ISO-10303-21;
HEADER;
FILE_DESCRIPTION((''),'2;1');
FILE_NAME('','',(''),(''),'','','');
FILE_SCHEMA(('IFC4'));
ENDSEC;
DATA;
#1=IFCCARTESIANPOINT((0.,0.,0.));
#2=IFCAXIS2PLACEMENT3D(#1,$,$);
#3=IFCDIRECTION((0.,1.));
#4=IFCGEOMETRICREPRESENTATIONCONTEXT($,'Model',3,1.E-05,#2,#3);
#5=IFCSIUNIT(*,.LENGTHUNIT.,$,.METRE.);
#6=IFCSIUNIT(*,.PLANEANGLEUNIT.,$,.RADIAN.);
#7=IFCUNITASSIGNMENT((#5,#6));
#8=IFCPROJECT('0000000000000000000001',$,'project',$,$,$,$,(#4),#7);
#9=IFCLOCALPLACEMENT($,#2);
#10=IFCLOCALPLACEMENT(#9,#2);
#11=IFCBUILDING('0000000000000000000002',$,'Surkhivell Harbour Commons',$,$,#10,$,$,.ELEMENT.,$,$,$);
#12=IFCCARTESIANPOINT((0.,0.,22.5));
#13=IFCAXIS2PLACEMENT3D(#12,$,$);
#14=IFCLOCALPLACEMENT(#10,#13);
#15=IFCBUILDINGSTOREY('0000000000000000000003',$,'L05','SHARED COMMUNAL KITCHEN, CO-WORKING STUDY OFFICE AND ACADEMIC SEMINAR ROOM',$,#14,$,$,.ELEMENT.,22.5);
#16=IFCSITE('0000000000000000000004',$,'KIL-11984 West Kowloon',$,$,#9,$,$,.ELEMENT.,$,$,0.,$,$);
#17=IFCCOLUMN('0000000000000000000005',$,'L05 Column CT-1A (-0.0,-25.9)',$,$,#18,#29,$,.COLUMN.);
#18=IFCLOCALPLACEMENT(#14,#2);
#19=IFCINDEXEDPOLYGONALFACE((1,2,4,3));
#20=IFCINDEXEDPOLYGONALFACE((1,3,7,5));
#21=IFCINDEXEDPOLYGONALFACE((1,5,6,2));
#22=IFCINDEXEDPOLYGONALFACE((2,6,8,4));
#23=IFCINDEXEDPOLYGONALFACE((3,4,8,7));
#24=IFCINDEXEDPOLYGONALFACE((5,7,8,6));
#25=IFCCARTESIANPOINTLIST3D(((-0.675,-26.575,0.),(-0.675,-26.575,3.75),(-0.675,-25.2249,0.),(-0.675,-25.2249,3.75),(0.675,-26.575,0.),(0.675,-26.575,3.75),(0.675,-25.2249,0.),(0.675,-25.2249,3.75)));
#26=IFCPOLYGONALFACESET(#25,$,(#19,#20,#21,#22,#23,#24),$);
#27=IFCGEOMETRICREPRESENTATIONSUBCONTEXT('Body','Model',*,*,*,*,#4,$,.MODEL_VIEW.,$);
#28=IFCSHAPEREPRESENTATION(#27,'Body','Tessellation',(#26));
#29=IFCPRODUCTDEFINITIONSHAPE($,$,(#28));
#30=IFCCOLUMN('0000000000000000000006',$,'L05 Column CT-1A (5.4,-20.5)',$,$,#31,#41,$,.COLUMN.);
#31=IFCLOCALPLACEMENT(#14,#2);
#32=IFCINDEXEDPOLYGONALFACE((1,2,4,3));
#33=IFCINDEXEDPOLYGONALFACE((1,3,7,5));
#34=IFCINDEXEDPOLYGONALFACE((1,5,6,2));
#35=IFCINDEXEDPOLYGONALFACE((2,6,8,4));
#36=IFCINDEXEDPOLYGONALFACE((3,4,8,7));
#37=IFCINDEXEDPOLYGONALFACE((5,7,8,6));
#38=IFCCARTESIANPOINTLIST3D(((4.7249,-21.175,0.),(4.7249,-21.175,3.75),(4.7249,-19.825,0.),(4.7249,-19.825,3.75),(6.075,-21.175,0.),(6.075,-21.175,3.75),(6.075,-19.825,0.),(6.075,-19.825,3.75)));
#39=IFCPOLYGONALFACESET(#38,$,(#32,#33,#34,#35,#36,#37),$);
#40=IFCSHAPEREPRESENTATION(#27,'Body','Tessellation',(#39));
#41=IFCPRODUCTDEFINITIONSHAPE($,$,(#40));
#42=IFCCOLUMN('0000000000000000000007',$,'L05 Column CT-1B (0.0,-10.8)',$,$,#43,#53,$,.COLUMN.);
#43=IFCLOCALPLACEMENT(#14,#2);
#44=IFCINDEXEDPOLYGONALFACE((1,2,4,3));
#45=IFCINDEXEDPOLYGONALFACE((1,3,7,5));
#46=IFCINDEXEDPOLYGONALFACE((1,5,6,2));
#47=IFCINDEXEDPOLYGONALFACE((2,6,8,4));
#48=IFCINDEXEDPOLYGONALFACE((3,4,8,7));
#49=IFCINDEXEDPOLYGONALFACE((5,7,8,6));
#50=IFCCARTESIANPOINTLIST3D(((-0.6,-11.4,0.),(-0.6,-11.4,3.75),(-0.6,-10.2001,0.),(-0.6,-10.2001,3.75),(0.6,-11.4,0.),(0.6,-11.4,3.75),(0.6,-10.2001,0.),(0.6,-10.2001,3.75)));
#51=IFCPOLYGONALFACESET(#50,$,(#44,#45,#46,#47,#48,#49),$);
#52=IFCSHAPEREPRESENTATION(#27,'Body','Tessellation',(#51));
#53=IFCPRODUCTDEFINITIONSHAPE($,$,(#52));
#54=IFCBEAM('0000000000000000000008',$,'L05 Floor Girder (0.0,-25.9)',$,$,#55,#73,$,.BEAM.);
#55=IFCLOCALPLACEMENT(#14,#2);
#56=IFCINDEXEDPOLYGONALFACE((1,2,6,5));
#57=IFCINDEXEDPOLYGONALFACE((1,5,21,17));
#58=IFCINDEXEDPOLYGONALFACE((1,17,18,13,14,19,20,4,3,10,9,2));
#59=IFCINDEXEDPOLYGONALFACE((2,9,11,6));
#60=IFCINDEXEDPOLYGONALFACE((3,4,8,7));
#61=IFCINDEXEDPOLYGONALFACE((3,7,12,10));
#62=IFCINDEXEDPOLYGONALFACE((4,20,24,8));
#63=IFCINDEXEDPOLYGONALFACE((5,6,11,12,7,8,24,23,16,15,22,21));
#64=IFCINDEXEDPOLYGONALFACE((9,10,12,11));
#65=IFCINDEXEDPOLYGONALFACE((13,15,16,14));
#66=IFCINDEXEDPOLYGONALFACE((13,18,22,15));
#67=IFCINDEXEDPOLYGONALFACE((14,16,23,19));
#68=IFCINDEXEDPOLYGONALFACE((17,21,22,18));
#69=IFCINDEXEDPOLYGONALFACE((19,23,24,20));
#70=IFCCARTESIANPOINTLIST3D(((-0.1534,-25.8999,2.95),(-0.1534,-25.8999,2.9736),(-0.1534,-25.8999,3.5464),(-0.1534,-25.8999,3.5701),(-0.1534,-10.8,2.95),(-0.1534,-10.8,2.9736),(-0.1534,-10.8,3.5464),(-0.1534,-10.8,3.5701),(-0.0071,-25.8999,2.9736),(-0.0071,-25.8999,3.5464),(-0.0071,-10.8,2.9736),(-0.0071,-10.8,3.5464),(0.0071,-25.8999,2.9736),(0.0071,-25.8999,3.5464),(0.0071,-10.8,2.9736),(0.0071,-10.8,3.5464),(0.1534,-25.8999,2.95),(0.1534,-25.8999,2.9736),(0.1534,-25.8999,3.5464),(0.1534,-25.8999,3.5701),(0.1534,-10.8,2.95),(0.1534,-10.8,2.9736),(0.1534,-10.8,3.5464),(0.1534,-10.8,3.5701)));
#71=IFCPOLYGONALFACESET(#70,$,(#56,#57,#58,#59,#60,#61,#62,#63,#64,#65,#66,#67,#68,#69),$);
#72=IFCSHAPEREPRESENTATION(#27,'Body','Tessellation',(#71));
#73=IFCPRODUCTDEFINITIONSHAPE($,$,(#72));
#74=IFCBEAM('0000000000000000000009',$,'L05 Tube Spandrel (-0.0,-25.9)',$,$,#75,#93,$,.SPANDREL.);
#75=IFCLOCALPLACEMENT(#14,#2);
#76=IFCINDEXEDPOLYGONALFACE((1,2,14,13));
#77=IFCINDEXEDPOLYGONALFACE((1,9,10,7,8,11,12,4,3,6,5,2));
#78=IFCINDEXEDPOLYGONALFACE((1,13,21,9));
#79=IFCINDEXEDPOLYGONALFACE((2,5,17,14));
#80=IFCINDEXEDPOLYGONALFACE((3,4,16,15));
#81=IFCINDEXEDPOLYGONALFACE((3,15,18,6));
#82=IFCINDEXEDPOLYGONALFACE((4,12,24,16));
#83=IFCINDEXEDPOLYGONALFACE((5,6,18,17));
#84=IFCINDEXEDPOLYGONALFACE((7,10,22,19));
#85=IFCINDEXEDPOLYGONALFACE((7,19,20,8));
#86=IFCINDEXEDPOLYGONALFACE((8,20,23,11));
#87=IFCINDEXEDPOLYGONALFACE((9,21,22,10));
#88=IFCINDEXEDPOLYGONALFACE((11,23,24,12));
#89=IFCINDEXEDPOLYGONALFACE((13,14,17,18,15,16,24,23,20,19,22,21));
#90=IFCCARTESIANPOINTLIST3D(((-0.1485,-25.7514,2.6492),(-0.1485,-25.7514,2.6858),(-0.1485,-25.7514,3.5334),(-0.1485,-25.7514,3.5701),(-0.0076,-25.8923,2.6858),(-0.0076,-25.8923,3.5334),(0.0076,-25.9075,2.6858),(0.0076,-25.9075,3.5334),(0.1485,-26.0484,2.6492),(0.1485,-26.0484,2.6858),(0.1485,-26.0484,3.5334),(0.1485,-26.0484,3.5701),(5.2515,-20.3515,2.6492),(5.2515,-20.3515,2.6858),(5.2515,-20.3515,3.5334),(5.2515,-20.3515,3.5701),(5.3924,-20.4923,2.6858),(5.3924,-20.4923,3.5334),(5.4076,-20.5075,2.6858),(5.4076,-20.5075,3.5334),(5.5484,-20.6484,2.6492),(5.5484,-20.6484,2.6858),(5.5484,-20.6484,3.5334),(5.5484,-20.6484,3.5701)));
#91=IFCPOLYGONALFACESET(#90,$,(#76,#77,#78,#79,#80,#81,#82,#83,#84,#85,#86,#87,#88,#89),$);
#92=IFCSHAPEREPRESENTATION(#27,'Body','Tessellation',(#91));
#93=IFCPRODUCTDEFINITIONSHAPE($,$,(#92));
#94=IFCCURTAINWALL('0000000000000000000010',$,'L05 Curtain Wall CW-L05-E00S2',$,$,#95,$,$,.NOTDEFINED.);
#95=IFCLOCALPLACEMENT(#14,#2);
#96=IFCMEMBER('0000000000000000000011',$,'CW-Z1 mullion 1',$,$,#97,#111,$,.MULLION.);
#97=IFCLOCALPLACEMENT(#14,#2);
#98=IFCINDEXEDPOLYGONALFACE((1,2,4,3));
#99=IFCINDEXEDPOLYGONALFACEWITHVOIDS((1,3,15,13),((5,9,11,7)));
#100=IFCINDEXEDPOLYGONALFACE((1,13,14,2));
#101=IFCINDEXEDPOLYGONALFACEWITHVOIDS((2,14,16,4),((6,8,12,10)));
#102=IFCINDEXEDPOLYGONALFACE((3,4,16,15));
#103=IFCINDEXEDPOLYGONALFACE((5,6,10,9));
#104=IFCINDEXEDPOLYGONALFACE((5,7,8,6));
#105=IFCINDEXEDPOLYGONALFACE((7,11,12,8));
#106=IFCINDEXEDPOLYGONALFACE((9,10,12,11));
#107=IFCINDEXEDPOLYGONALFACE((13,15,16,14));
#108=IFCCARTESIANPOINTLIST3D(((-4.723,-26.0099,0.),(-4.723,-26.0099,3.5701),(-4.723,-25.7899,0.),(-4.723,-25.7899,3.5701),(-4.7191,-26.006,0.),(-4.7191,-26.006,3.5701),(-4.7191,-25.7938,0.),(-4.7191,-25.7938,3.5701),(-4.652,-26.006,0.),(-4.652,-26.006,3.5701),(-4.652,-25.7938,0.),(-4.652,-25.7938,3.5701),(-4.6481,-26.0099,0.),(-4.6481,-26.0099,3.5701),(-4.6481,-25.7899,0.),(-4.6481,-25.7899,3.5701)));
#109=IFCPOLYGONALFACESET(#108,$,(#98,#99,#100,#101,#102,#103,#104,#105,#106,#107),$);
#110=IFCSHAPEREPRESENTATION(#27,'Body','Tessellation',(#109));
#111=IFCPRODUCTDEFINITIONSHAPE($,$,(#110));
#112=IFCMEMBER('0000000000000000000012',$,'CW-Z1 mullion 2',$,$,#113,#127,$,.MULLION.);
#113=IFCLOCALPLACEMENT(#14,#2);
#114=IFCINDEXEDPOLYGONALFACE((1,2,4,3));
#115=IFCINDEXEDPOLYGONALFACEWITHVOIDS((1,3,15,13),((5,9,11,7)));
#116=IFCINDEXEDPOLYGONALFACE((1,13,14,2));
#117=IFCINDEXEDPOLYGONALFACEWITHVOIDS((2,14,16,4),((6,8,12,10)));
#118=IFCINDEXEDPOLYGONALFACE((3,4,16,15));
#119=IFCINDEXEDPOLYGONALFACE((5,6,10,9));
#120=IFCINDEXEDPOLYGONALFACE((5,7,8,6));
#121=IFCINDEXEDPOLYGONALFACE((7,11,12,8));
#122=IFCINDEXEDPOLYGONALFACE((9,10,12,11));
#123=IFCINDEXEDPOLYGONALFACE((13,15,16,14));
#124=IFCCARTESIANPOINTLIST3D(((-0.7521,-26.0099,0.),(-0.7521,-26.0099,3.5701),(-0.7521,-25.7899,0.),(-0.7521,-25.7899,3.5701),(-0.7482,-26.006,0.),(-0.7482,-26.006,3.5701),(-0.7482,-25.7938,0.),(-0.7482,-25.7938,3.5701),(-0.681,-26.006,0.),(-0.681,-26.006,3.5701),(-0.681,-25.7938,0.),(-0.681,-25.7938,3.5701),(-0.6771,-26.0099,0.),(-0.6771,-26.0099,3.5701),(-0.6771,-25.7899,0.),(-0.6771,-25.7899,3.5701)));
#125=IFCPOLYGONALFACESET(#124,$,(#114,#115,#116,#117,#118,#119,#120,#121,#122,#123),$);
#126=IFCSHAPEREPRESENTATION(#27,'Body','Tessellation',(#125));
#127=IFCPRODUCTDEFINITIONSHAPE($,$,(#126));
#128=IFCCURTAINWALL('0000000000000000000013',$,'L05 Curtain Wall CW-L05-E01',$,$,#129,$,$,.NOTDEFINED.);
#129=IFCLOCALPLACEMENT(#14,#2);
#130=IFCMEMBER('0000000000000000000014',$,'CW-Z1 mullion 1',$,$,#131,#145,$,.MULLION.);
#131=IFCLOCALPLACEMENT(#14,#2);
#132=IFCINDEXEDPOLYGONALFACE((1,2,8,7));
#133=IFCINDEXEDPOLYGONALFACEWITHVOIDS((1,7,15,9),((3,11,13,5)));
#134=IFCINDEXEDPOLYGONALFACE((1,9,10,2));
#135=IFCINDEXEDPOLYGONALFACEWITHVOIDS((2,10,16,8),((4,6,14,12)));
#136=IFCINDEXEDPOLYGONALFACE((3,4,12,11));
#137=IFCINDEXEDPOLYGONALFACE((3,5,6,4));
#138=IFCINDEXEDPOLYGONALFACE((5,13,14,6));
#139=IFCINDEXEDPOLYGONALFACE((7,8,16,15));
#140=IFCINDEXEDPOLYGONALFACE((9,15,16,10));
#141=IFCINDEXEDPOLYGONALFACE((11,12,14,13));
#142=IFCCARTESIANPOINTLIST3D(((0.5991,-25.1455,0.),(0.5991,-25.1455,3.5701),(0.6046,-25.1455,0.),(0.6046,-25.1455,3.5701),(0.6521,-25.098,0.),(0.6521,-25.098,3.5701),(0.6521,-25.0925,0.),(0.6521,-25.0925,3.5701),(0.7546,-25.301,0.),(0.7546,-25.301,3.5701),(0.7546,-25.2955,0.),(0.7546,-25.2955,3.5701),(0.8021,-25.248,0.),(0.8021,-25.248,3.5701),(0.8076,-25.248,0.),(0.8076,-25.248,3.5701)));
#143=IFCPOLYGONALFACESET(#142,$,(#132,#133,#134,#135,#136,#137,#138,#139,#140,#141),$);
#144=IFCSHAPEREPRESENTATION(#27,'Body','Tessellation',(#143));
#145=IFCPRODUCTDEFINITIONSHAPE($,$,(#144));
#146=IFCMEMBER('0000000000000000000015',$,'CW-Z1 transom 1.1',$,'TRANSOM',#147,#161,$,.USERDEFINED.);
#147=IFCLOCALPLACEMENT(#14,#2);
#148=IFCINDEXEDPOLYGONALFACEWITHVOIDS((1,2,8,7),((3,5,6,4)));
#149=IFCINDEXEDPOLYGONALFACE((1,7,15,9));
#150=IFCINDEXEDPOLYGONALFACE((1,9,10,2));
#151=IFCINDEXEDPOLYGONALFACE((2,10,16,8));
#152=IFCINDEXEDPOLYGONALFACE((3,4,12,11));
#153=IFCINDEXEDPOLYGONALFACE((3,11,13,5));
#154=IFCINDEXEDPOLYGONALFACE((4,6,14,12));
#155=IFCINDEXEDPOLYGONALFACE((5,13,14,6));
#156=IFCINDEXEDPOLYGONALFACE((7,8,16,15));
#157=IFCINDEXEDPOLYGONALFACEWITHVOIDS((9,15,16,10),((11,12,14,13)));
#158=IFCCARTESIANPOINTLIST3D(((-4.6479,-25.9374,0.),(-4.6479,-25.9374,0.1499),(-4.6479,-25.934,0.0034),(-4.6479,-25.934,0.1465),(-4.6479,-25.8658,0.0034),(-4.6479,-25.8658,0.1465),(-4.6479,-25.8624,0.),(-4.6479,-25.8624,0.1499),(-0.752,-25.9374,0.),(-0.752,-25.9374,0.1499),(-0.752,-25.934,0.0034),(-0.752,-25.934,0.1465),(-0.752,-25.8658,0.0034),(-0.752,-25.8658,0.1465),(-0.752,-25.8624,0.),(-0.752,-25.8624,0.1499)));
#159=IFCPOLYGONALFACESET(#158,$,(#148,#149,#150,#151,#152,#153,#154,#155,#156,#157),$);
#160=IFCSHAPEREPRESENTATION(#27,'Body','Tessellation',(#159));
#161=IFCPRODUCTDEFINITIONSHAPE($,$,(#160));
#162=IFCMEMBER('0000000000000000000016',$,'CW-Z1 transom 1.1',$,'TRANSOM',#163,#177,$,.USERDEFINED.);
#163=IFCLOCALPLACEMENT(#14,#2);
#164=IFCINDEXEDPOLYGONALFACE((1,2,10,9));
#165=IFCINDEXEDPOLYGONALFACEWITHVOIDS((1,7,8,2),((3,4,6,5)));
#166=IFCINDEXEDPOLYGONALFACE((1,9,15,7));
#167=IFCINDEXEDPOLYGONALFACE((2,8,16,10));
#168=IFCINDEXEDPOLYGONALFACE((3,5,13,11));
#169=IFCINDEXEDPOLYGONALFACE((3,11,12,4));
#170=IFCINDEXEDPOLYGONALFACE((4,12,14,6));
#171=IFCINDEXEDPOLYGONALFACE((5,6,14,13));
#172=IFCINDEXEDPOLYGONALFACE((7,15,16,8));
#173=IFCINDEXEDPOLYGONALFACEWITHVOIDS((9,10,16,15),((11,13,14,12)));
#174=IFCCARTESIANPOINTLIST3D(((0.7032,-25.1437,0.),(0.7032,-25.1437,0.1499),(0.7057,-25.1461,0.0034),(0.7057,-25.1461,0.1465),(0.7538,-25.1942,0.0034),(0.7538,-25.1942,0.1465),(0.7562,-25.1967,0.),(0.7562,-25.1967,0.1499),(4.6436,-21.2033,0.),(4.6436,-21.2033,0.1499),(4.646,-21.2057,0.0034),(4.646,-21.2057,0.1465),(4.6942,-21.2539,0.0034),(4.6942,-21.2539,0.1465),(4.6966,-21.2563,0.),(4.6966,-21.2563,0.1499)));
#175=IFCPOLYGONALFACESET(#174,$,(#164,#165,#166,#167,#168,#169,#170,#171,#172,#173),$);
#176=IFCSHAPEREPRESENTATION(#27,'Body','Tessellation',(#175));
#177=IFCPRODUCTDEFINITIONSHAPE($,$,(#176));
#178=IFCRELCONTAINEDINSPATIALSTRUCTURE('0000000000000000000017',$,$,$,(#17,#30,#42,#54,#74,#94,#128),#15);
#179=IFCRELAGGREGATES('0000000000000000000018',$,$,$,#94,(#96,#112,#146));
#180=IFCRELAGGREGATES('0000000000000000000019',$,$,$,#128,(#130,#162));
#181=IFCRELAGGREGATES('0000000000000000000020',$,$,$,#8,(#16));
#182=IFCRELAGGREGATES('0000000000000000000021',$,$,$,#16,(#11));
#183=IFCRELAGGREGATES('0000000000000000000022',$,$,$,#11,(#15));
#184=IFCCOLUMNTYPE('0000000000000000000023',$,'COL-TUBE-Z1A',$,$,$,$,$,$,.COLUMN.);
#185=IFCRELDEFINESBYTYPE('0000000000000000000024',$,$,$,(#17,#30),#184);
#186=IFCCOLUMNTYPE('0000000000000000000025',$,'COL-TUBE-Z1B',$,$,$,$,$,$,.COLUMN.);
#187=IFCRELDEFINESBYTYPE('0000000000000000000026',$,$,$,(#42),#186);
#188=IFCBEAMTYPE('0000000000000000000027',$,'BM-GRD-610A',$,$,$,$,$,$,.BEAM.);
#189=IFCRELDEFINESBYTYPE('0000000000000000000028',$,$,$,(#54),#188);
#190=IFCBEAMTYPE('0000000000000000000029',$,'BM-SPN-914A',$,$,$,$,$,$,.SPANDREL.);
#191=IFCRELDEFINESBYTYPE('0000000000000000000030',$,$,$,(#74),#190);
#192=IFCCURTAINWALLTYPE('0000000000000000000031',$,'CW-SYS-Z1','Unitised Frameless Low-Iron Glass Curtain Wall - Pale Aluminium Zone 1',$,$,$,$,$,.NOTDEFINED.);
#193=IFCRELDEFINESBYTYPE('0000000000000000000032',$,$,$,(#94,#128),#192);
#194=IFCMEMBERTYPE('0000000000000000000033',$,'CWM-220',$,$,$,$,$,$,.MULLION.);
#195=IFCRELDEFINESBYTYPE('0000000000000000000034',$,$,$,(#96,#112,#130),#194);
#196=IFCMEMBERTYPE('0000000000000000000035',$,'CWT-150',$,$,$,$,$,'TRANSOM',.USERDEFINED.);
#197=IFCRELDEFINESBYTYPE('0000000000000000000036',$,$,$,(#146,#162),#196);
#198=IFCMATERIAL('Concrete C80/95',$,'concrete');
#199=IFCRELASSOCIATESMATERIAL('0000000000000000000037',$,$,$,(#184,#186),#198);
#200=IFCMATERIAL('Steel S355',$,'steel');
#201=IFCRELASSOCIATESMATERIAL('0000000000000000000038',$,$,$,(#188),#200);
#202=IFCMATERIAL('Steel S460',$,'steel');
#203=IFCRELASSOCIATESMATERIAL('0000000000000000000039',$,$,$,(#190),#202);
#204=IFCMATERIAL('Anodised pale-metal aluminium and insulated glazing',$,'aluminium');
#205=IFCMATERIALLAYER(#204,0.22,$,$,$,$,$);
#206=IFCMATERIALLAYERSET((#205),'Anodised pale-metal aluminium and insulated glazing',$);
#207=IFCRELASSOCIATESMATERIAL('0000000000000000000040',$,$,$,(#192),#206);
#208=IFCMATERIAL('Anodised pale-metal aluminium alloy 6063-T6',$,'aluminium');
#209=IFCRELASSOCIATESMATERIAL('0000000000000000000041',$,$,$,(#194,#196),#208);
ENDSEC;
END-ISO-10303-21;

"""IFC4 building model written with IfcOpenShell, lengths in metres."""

from ifc_helpers import new_model, si_unit, direction, frame, origin, origin_2d, place, context, subcontext, project, spatial, rectangle, hollow_rectangle, i_section, extrude, material, layer, layer_set, material_profile, profile_set, type_object, element, aggregate, save


model = new_model("IFC4")

# Units and contexts
model_context = context("Model", 3, precision=1e-05, world=origin(), true_north=direction((0.0, 1.0)))
body_context = subcontext(model_context, "Body", "Model", "MODEL_VIEW")
ifc_project = project(units=[si_unit("LENGTHUNIT", "METRE"), si_unit("PLANEANGLEUNIT", "RADIAN")], contexts=[model_context])

# Site, building, storey
site_placement = place(None, origin())
site = spatial("IfcSite", under=ifc_project, at=site_placement, Name="KIL-11984 West Kowloon", CompositionType="ELEMENT", RefElevation=0.0)
building_placement = place(site_placement, origin())
building = spatial("IfcBuilding", under=site, at=building_placement, Name="Surkhivell Harbour Commons", CompositionType="ELEMENT")
storey_placement = place(building_placement, frame((0.0, 0.0, 22.5)))
storey = spatial("IfcBuildingStorey", under=building, at=storey_placement, Name="L05", Description="SHARED COMMUNAL KITCHEN, CO-WORKING STUDY OFFICE AND ACADEMIC SEMINAR ROOM", CompositionType="ELEMENT", Elevation=22.5)

# Columns
ifc_material_1 = material(Name="Concrete C80/95", Category="concrete")
ifc_material_profile_1 = material_profile(ifc_material_1, rectangle(XDim=1.3501, YDim=1.3501, at=origin_2d()), Name="RC-COL-1350x1350")
ifc_profile_set_1 = profile_set([ifc_material_profile_1], Name="Concrete C80/95")
column_type_1 = type_object("IfcColumnType", Name="COL-TUBE-Z1A", PredefinedType="COLUMN", material=ifc_profile_set_1)
for number, where, z_axis, x_axis, name in (
    (1, (0.0, -25.8999, 0.0), (0.0, 0.0, 1.0), (1.0, 0.0, 0.0), "L05 Column CT-1A (-0.0,-25.9)"),
    (2, (5.3999, -20.5, 0.0), (0.0, 0.0, 1.0), (1.0, 0.0, 0.0), "L05 Column CT-1A (5.4,-20.5)"),
):
    element("IfcColumn", number, at=place(storey_placement, frame(where, z_axis=z_axis, x_axis=x_axis)), inside=storey, type_object=column_type_1, Name=name, PredefinedType="COLUMN", context=body_context, shape_type="SweptSolid", body=[
        extrude(rectangle(XDim=1.3501, YDim=1.3501, at=origin_2d()), origin(), (0.0, 0.0, 1.0), 3.75),
    ])
ifc_material_profile_2 = material_profile(ifc_material_1, rectangle(XDim=1.2, YDim=1.2, at=origin_2d()), Name="RC-COL-1200x1200")
ifc_profile_set_2 = profile_set([ifc_material_profile_2], Name="Concrete C80/95")
column_type_2 = type_object("IfcColumnType", Name="COL-TUBE-Z1B", PredefinedType="COLUMN", material=ifc_profile_set_2)
column_placement = place(storey_placement, frame((0.0, -10.8, 0.0), z_axis=(0.0, 0.0, 1.0), x_axis=(1.0, 0.0, 0.0)))
element("IfcColumn", 3, at=column_placement, inside=storey, type_object=column_type_2, Name="L05 Column CT-1B (0.0,-10.8)", PredefinedType="COLUMN", context=body_context, shape_type="SweptSolid", body=[
    extrude(rectangle(XDim=1.2, YDim=1.2, at=origin_2d()), origin(), (0.0, 0.0, 1.0), 3.75),
])

# Beams
ifc_material_2 = material(Name="Steel S355", Category="steel")
ifc_material_profile_3 = material_profile(ifc_material_2, i_section(OverallWidth=0.3069, OverallDepth=0.6201, WebThickness=0.0142, FlangeThickness=0.0237, at=origin_2d()), Name="UB610x305x179")
ifc_profile_set_3 = profile_set([ifc_material_profile_3], Name="Steel S355")
beam_type_1 = type_object("IfcBeamType", Name="BM-GRD-610A", PredefinedType="BEAM", material=ifc_profile_set_3)
beam_1_placement = place(storey_placement, frame((0.0, -25.8999, 3.26), z_axis=(0.0, 1.0, 0.0), x_axis=(-1.0, 0.0, 0.0)))
element("IfcBeam", 4, at=beam_1_placement, inside=storey, type_object=beam_type_1, Name="L05 Floor Girder (0.0,-25.9)", PredefinedType="BEAM", context=body_context, shape_type="SweptSolid", body=[
    extrude(i_section(OverallWidth=0.3069, OverallDepth=0.6201, WebThickness=0.0142, FlangeThickness=0.0237, at=origin_2d()), origin(), (0.0, 0.0, 1.0), 15.0999),
])
ifc_material_3 = material(Name="Steel S460", Category="steel")
ifc_material_profile_4 = material_profile(ifc_material_3, i_section(OverallWidth=0.4199, OverallDepth=0.9209, WebThickness=0.0215, FlangeThickness=0.0366, at=origin_2d()), Name="UB914x419x388")
ifc_profile_set_4 = profile_set([ifc_material_profile_4], Name="Steel S460")
beam_type_2 = type_object("IfcBeamType", Name="BM-SPN-914A", PredefinedType="SPANDREL", material=ifc_profile_set_4)
beam_2_placement = place(storey_placement, frame((0.0, -25.8999, 3.1096), z_axis=(0.707107, 0.707107, 0.0), x_axis=(-0.707107, 0.707107, 0.0)))
element("IfcBeam", 5, at=beam_2_placement, inside=storey, type_object=beam_type_2, Name="L05 Tube Spandrel (-0.0,-25.9)", PredefinedType="SPANDREL", context=body_context, shape_type="SweptSolid", body=[
    extrude(i_section(OverallWidth=0.4199, OverallDepth=0.9209, WebThickness=0.0215, FlangeThickness=0.0366, at=origin_2d()), origin(), (0.0, 0.0, 1.0), 7.6367),
])

# Curtain wall, members
ifc_material_4 = material(Name="Anodised pale-metal aluminium and insulated glazing", Category="aluminium")
ifc_layer_1 = layer(ifc_material_4, 0.22)
ifc_layer_set_1 = layer_set([ifc_layer_1], Name="Anodised pale-metal aluminium and insulated glazing")
curtain_wall_type = type_object("IfcCurtainWallType", Name="CW-SYS-Z1", Description="Unitised Frameless Low-Iron Glass Curtain Wall - Pale Aluminium Zone 1", PredefinedType="NOTDEFINED", material=ifc_layer_set_1)
curtain_wall_1_placement = place(storey_placement, origin())
curtain_wall_1 = element("IfcCurtainWall", 6, at=curtain_wall_1_placement, inside=storey, type_object=curtain_wall_type, Name="L05 Curtain Wall CW-L05-E00S2", PredefinedType="NOTDEFINED")
ifc_material_5 = material(Name="Anodised pale-metal aluminium alloy 6063-T6", Category="aluminium")
ifc_material_profile_5 = material_profile(ifc_material_5, hollow_rectangle(XDim=0.075, YDim=0.22, WallThickness=0.0039, at=origin_2d()), Name="ALU-MULL-75x220")
ifc_profile_set_5 = profile_set([ifc_material_profile_5], Name="Anodised pale-metal aluminium alloy 6063-T6")
member_type_1 = type_object("IfcMemberType", Name="CWM-220", PredefinedType="MULLION", material=ifc_profile_set_5)
member_1_placement = place(storey_placement, frame((-4.6855, -25.8999, 0.0), z_axis=(0.0, 0.0, 1.0), x_axis=(1.0, 0.0, 0.0)))
member_1 = element("IfcMember", 7, at=member_1_placement, type_object=member_type_1, Name="CW-Z1 mullion 1", PredefinedType="MULLION", context=body_context, shape_type="SweptSolid", body=[
    extrude(hollow_rectangle(XDim=0.075, YDim=0.22, WallThickness=0.0039, at=origin_2d()), origin(), (0.0, 0.0, 1.0), 3.5701),
])
member_2_placement = place(storey_placement, frame((-0.7146, -25.8999, 0.0), z_axis=(0.0, 0.0, 1.0), x_axis=(1.0, 0.0, 0.0)))
member_2 = element("IfcMember", 8, at=member_2_placement, type_object=member_type_1, Name="CW-Z1 mullion 2", PredefinedType="MULLION", context=body_context, shape_type="SweptSolid", body=[
    extrude(hollow_rectangle(XDim=0.075, YDim=0.22, WallThickness=0.0039, at=origin_2d()), origin(), (0.0, 0.0, 1.0), 3.5701),
])

# Curtain wall, member
curtain_wall_2_placement = place(storey_placement, origin())
curtain_wall_2 = element("IfcCurtainWall", 9, at=curtain_wall_2_placement, inside=storey, type_object=curtain_wall_type, Name="L05 Curtain Wall CW-L05-E01", PredefinedType="NOTDEFINED")
member_3_placement = place(storey_placement, frame((0.7034, -25.1968, 0.0), z_axis=(0.0, 0.0, 1.0), x_axis=(0.707107, 0.707107, 0.0)))
member_3 = element("IfcMember", 10, at=member_3_placement, type_object=member_type_1, Name="CW-Z1 mullion 1", PredefinedType="MULLION", context=body_context, shape_type="SweptSolid", body=[
    extrude(hollow_rectangle(XDim=0.075, YDim=0.22, WallThickness=0.0039, at=origin_2d()), origin(), (0.0, 0.0, 1.0), 3.5701),
])

# Members
ifc_material_profile_6 = material_profile(ifc_material_5, hollow_rectangle(XDim=0.075, YDim=0.1499, WallThickness=0.0034, at=origin_2d()), Name="ALU-TRAN-75x150")
ifc_profile_set_6 = profile_set([ifc_material_profile_6], Name="Anodised pale-metal aluminium alloy 6063-T6")
member_type_2 = type_object("IfcMemberType", Name="CWT-150", ElementType="TRANSOM", PredefinedType="USERDEFINED", material=ifc_profile_set_6)
member_4_placement = place(storey_placement, frame((-4.6479, -25.8999, 0.075), z_axis=(1.0, 0.0, 0.0), x_axis=(0.0, 1.0, 0.0)))
member_4 = element("IfcMember", 11, at=member_4_placement, type_object=member_type_2, Name="CW-Z1 transom 1.1", ObjectType="TRANSOM", PredefinedType="USERDEFINED", context=body_context, shape_type="SweptSolid", body=[
    extrude(hollow_rectangle(XDim=0.075, YDim=0.1499, WallThickness=0.0034, at=origin_2d()), origin(), (0.0, 0.0, 1.0), 3.896),
])
member_5_placement = place(storey_placement, frame((0.7297, -25.1702, 0.075), z_axis=(0.707107, 0.707107, 0.0), x_axis=(-0.707107, 0.707107, 0.0)))
member_5 = element("IfcMember", 12, at=member_5_placement, type_object=member_type_2, Name="CW-Z1 transom 1.1", ObjectType="TRANSOM", PredefinedType="USERDEFINED", context=body_context, shape_type="SweptSolid", body=[
    extrude(hollow_rectangle(XDim=0.075, YDim=0.1499, WallThickness=0.0034, at=origin_2d()), origin(), (0.0, 0.0, 1.0), 5.5725),
])

aggregate(curtain_wall_1, [member_1, member_2, member_4])
aggregate(curtain_wall_2, [member_3, member_5])

save(model, "model.ifc")
